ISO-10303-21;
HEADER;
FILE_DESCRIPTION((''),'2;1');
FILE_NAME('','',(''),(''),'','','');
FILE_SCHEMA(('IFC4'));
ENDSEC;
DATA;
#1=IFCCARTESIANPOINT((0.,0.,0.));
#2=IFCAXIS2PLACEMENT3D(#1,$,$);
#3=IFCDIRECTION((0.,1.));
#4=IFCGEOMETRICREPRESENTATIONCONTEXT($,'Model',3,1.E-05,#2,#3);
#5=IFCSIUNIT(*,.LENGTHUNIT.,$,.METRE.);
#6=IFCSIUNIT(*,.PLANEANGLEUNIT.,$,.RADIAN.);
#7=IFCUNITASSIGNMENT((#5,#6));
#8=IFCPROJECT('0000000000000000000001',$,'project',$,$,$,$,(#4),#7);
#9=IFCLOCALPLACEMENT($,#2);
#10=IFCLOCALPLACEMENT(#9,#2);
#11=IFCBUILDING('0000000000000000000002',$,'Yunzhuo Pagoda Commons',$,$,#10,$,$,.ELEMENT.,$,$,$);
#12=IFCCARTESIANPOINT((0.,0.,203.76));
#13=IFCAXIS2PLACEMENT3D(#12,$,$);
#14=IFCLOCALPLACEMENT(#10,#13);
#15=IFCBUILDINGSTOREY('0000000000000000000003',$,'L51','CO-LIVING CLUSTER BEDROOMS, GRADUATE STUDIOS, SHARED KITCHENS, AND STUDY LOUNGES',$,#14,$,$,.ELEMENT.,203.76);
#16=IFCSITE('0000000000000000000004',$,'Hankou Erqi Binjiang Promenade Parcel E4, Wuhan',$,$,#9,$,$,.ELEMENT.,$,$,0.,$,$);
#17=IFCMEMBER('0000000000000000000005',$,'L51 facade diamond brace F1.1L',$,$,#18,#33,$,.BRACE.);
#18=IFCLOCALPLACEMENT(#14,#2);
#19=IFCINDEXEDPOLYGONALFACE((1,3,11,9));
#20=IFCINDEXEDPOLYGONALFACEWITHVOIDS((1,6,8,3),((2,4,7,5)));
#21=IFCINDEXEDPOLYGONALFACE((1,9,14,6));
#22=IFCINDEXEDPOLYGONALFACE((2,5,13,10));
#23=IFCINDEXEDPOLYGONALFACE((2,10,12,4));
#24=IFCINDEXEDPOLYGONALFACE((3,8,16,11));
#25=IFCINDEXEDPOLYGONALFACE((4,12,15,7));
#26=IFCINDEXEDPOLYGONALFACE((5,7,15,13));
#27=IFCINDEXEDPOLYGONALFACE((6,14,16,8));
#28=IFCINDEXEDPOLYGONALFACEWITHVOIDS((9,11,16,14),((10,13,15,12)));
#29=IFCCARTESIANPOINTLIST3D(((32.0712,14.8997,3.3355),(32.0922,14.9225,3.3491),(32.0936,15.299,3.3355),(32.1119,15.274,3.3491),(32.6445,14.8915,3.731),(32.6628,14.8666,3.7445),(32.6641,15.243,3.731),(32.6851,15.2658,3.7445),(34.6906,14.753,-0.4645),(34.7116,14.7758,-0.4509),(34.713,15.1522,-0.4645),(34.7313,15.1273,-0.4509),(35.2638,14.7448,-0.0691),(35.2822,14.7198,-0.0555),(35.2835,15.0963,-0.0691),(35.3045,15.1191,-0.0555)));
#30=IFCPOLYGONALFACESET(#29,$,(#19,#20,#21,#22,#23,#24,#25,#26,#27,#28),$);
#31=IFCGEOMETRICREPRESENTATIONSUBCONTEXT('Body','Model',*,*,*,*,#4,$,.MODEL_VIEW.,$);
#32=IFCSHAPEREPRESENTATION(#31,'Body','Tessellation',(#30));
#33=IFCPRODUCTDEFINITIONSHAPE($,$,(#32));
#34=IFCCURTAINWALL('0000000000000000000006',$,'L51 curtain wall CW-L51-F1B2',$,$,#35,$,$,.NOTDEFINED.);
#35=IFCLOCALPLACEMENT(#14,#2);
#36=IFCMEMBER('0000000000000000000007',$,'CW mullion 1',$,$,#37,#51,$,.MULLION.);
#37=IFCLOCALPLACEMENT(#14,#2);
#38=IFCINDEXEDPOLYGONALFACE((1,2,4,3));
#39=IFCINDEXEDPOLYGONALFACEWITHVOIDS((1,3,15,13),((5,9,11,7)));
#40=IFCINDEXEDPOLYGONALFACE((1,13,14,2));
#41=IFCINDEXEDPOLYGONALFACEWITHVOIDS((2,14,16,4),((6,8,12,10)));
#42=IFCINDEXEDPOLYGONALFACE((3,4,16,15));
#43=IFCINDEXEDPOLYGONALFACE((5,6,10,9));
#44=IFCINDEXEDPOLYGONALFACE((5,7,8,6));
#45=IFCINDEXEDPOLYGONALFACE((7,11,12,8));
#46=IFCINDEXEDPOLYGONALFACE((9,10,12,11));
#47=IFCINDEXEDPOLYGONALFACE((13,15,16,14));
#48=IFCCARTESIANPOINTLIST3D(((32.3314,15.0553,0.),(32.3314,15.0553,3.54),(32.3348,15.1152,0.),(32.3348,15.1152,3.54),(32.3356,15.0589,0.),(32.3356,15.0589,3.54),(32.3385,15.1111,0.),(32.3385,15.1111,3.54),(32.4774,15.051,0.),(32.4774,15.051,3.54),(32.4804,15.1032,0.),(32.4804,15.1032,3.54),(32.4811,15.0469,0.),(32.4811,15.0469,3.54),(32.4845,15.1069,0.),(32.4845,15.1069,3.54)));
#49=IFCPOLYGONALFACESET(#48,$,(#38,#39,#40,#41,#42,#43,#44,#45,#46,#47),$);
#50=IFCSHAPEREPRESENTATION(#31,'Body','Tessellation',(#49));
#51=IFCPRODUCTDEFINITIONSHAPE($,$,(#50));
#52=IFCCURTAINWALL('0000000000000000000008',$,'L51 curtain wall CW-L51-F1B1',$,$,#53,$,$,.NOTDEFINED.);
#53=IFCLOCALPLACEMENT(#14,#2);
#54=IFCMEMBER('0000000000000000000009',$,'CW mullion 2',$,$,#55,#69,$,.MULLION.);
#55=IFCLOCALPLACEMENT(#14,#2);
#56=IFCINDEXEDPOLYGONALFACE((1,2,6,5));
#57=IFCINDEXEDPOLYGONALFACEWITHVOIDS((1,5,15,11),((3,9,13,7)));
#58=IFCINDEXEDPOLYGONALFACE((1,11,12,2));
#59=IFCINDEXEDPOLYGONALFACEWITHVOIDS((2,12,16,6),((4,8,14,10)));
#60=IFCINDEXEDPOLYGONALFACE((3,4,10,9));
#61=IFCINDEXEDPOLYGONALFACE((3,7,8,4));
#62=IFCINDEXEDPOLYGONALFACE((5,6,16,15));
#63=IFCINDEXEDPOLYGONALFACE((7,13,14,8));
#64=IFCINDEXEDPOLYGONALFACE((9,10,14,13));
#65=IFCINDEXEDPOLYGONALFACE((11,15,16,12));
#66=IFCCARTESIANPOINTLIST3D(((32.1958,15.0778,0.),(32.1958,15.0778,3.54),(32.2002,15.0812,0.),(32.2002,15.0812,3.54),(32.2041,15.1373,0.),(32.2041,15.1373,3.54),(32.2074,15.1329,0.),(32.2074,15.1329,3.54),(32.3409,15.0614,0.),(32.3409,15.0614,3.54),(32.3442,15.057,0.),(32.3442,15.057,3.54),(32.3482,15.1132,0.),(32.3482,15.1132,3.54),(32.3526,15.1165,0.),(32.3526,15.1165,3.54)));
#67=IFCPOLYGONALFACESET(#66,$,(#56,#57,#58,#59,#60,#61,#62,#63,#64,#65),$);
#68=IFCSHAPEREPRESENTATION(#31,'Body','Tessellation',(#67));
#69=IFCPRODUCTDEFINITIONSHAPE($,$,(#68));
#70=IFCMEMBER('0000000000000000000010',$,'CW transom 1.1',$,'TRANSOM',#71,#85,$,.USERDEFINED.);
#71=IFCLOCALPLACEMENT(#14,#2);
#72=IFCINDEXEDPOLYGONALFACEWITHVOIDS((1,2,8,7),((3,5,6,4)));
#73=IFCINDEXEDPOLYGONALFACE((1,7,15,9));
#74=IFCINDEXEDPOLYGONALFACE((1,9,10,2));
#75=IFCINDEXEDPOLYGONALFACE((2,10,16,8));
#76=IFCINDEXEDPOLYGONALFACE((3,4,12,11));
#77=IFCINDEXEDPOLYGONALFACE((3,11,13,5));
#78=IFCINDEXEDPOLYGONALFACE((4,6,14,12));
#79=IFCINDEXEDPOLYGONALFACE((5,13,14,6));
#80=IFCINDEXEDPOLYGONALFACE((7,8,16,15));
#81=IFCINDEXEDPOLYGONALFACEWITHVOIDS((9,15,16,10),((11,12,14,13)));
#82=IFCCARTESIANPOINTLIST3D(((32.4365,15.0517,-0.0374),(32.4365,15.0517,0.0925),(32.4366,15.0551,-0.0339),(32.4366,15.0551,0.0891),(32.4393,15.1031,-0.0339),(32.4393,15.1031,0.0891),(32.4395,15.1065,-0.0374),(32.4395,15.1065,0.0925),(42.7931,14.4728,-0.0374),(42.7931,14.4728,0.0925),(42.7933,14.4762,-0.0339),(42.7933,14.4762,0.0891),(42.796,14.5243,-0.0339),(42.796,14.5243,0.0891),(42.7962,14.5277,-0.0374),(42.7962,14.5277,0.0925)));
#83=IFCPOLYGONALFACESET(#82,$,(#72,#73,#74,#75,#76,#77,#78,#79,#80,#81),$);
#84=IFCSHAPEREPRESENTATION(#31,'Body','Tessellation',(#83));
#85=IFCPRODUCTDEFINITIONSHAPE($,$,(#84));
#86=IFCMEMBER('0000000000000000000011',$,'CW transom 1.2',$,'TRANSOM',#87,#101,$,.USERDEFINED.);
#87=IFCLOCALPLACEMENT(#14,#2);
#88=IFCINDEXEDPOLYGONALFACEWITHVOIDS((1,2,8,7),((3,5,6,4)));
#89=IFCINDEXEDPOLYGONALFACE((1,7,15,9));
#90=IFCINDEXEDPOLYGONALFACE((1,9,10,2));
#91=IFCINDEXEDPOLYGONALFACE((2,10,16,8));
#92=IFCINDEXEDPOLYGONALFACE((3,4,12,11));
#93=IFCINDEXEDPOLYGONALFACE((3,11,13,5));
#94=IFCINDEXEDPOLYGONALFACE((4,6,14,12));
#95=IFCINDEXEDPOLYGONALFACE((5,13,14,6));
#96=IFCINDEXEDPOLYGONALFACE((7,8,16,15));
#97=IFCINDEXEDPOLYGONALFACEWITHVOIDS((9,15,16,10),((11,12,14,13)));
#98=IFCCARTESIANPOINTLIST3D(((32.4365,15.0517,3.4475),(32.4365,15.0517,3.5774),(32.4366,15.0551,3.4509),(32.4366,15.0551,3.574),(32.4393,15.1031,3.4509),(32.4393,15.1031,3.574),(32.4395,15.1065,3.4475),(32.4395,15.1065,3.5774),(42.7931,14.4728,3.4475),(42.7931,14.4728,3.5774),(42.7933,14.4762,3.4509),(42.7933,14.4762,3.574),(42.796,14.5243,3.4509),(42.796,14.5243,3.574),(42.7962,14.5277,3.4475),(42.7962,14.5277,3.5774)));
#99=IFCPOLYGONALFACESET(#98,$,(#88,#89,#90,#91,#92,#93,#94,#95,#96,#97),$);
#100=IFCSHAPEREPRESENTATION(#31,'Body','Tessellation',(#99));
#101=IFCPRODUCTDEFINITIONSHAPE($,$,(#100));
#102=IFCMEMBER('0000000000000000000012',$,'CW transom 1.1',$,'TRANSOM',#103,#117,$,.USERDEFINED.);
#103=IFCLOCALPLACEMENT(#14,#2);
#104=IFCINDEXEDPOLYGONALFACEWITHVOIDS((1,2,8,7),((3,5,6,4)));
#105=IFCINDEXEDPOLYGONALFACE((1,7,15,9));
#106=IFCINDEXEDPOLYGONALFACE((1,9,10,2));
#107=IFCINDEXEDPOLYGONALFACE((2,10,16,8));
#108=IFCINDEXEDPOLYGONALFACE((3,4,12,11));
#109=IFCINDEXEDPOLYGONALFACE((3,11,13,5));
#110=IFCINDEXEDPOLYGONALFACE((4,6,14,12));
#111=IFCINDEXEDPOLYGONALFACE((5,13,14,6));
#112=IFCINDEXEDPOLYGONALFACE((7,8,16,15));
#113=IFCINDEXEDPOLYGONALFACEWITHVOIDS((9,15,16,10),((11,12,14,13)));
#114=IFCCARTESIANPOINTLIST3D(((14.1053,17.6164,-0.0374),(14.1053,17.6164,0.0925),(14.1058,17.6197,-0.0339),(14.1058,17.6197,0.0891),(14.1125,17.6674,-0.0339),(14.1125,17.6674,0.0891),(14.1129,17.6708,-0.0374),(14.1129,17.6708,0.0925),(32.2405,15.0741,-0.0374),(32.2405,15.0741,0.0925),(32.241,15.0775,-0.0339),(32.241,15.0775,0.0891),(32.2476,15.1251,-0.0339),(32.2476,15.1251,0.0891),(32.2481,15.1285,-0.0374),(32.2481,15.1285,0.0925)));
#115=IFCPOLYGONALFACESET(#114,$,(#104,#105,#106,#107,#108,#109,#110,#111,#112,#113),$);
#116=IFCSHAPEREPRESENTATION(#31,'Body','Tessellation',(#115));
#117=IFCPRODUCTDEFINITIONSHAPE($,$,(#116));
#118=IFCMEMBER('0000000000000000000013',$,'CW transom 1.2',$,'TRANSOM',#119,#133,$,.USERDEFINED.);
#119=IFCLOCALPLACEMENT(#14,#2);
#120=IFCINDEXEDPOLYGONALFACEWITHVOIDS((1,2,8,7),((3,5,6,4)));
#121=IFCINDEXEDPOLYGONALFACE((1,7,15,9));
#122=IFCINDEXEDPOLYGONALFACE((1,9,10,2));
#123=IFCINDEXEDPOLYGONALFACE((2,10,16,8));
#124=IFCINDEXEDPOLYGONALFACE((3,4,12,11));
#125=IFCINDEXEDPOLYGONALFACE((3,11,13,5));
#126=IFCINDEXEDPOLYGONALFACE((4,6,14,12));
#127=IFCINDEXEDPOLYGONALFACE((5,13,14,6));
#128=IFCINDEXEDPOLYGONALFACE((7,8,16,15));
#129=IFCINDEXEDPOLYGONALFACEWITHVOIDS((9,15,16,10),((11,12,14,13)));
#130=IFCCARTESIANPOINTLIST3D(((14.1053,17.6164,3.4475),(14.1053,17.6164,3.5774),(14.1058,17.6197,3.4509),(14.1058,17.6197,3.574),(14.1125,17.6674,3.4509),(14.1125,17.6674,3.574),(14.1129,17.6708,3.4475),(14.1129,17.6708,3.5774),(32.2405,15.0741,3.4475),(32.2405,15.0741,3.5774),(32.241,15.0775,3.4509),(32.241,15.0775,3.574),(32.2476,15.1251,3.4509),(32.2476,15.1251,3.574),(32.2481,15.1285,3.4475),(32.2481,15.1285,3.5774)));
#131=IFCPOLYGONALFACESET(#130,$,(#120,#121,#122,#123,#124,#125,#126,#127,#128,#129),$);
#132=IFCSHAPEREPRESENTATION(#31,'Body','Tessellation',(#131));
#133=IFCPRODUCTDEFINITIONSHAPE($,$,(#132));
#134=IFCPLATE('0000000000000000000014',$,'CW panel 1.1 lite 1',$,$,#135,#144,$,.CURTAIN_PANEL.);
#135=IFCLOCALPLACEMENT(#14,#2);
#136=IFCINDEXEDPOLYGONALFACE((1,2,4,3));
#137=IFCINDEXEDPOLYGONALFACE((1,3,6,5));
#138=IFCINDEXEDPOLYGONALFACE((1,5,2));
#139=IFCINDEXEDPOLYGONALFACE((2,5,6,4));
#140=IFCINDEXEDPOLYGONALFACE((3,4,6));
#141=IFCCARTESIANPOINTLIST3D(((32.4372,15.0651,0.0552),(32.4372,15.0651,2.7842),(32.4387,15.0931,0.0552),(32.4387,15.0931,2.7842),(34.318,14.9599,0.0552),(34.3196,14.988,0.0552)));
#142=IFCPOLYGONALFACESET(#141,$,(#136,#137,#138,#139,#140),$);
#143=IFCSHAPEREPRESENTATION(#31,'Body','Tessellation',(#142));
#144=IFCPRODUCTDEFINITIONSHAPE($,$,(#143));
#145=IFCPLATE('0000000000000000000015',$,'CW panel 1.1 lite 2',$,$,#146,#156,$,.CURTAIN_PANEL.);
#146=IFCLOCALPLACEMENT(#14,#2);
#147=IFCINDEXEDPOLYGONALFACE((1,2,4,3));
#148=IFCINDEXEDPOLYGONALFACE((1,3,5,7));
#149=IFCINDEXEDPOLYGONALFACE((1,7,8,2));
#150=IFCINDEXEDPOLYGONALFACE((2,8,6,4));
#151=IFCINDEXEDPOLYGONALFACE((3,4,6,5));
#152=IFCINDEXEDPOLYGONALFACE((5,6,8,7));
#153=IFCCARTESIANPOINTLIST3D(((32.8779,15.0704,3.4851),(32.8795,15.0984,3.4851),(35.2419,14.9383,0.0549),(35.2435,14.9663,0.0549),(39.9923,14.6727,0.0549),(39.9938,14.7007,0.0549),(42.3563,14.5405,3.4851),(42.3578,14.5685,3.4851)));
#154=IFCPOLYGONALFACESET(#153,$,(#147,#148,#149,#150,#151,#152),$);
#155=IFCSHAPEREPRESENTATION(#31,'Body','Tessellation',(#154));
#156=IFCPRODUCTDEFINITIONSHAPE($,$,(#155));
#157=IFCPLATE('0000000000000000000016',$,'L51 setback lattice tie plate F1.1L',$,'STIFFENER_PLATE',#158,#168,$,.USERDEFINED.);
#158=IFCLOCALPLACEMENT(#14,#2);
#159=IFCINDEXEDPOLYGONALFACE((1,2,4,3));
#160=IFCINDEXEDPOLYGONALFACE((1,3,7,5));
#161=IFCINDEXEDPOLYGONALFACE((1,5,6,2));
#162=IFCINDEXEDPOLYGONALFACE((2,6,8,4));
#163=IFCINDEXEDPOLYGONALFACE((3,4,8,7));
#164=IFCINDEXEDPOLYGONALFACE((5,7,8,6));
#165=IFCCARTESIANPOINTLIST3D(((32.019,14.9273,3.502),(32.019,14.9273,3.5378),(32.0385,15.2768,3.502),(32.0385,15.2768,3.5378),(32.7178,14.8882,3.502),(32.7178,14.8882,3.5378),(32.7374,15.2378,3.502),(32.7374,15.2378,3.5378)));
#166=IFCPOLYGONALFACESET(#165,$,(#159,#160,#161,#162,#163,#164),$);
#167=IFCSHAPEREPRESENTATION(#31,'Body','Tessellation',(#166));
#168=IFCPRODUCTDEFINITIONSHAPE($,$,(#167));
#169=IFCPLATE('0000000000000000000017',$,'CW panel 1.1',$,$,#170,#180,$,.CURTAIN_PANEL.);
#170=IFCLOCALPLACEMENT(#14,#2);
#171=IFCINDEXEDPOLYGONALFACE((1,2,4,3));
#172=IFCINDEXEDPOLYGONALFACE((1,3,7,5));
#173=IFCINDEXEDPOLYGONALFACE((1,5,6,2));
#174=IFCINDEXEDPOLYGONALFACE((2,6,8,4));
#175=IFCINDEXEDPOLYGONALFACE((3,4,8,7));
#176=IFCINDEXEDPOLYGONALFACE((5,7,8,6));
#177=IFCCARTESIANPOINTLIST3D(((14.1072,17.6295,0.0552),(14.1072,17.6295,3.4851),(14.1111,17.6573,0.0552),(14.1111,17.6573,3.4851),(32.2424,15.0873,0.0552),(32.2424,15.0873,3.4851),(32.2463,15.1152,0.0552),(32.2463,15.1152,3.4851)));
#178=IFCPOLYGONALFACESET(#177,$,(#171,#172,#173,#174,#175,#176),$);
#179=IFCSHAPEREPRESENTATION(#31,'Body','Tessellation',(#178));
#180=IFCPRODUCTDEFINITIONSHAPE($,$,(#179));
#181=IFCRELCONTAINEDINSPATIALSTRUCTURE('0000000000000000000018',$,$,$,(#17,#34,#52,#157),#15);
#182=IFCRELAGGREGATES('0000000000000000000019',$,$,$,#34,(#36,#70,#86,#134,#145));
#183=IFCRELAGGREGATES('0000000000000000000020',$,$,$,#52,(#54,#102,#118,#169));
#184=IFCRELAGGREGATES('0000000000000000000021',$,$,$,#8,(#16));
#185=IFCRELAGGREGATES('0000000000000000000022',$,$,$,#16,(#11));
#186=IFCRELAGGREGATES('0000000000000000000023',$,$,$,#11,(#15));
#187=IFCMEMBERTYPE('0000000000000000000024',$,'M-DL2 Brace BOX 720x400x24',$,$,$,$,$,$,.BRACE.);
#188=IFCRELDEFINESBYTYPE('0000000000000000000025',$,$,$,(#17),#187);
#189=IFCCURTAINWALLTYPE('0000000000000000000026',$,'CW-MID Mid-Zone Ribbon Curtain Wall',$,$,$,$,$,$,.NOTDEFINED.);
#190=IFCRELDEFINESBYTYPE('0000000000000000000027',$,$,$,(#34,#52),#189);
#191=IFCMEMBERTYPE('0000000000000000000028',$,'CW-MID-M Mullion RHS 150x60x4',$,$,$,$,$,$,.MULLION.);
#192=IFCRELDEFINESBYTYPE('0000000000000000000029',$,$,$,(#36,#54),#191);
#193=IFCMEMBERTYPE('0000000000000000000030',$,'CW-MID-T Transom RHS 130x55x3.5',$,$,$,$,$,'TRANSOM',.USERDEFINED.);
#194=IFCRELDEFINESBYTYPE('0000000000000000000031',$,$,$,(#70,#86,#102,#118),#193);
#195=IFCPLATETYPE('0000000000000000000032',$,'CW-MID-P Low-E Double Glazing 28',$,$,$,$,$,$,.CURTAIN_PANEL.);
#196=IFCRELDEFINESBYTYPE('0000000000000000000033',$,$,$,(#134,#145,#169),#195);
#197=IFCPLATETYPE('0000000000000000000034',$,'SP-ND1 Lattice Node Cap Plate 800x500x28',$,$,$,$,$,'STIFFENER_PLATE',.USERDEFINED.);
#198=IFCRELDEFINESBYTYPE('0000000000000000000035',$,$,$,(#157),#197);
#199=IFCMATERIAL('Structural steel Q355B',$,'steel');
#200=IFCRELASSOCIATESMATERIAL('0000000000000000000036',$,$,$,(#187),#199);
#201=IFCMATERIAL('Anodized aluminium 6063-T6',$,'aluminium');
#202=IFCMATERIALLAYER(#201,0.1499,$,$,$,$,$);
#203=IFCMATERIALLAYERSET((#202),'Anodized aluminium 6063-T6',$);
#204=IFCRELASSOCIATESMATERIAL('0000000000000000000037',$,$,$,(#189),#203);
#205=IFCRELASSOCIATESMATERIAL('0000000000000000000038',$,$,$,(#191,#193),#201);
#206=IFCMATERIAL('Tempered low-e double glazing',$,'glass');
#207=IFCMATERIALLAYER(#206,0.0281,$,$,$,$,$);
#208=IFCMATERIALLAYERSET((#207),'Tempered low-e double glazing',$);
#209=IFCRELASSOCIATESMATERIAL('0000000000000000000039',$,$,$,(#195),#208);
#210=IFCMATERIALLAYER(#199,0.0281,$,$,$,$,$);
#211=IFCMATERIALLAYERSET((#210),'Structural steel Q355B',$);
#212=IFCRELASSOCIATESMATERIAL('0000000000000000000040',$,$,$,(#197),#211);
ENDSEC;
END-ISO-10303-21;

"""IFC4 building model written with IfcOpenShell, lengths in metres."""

from ifc_helpers import new_model, si_unit, direction, frame, origin, origin_2d, place, context, subcontext, project, spatial, polyline, rectangle, hollow_rectangle, outline, extrude, source, transform, mapped, material, layer, layer_set, material_profile, profile_set, type_object, element, aggregate, save


model = new_model("IFC4")

# Units and contexts
model_context = context("Model", 3, precision=1e-05, world=origin(), true_north=direction((0.0, 1.0)))
body_context = subcontext(model_context, "Body", "Model", "MODEL_VIEW")
ifc_project = project(units=[si_unit("LENGTHUNIT", "METRE"), si_unit("PLANEANGLEUNIT", "RADIAN")], contexts=[model_context])

# Site, building, storey
site_placement = place(None, origin())
site = spatial("IfcSite", under=ifc_project, at=site_placement, Name="Hankou Erqi Binjiang Promenade Parcel E4, Wuhan", CompositionType="ELEMENT", RefElevation=0.0)
building_placement = place(site_placement, origin())
building = spatial("IfcBuilding", under=site, at=building_placement, Name="Yunzhuo Pagoda Commons", CompositionType="ELEMENT")
storey_placement = place(building_placement, frame((0.0, 0.0, 203.76)))
storey = spatial("IfcBuildingStorey", under=building, at=storey_placement, Name="L51", Description="CO-LIVING CLUSTER BEDROOMS, GRADUATE STUDIOS, SHARED KITCHENS, AND STUDY LOUNGES", CompositionType="ELEMENT", Elevation=203.76)

# Shared definitions
ifc_material_1 = material(Name="Structural steel Q355B", Category="steel")

# Member
ifc_material_profile_1 = material_profile(ifc_material_1, hollow_rectangle(XDim=0.3999, YDim=0.72, WallThickness=0.0239, at=origin_2d()), Name="Structural steel Q355B")
ifc_profile_set_1 = profile_set([ifc_material_profile_1], Name="Structural steel Q355B")
member_type_1 = type_object("IfcMemberType", Name="M-DL2 Brace BOX 720x400x24", PredefinedType="BRACE", material=ifc_profile_set_1)
shared_shape_1 = source(origin(), body_context, "Body", "SweptSolid", [
    extrude(hollow_rectangle(XDim=0.3999, YDim=0.72, WallThickness=0.0239, at=origin_2d()), origin(), (0.0, 0.0, 1.0), 4.6177),
])
member_1_placement = place(storey_placement, frame((34.9976, 14.936, -0.26), z_axis=(-0.56725, 0.031775, 0.822933), x_axis=(-0.055929, -0.998435, 0.0)))
element("IfcMember", 1, at=member_1_placement, inside=storey, type_object=member_type_1, Name="L51 facade diamond brace F1.1L", PredefinedType="BRACE", context=body_context, shape_type="MappedRepresentation", body=[
    mapped(shared_shape_1, transform((0.0, 0.0, 0.0), scale=1.0)),
])

# Curtain walls, members
ifc_material_2 = material(Name="Anodized aluminium 6063-T6", Category="aluminium")
ifc_layer_1 = layer(ifc_material_2, 0.1499)
ifc_layer_set_1 = layer_set([ifc_layer_1], Name="Anodized aluminium 6063-T6")
curtain_wall_type = type_object("IfcCurtainWallType", Name="CW-MID Mid-Zone Ribbon Curtain Wall", PredefinedType="NOTDEFINED", material=ifc_layer_set_1)
curtain_wall_1_placement = place(storey_placement, origin())
curtain_wall_1 = element("IfcCurtainWall", 2, at=curtain_wall_1_placement, inside=storey, type_object=curtain_wall_type, Name="L51 curtain wall CW-L51-F1B2", PredefinedType="NOTDEFINED")
ifc_material_profile_2 = material_profile(ifc_material_2, hollow_rectangle(XDim=0.0601, YDim=0.1499, WallThickness=0.0039, at=origin_2d()), Name="Anodized aluminium 6063-T6")
ifc_profile_set_2 = profile_set([ifc_material_profile_2], Name="Anodized aluminium 6063-T6")
member_type_2 = type_object("IfcMemberType", Name="CW-MID-M Mullion RHS 150x60x4", PredefinedType="MULLION", material=ifc_profile_set_2)
shared_shape_2 = source(origin(), body_context, "Body", "SweptSolid", [
    extrude(hollow_rectangle(XDim=0.0601, YDim=0.1499, WallThickness=0.0039, at=origin_2d()), origin(), (0.0, 0.0, 1.0), 3.54),
])
member_2_placement = place(storey_placement, frame((32.408, 15.0811, 0.0), z_axis=(0.0, 0.0, 1.0), x_axis=(0.055819, 0.998441, 0.0)))
member_2 = element("IfcMember", 3, at=member_2_placement, type_object=member_type_2, Name="CW mullion 1", PredefinedType="MULLION", context=body_context, shape_type="MappedRepresentation", body=[
    mapped(shared_shape_2, transform((0.0, 0.0, 0.0), scale=1.0)),
])
curtain_wall_2_placement = place(storey_placement, origin())
curtain_wall_2 = element("IfcCurtainWall", 4, at=curtain_wall_2_placement, inside=storey, type_object=curtain_wall_type, Name="L51 curtain wall CW-L51-F1B1", PredefinedType="NOTDEFINED")
member_3_placement = place(storey_placement, frame((32.2742, 15.0972, 0.0), z_axis=(0.0, 0.0, 1.0), x_axis=(0.138819, 0.990318, 0.0)))
member_3 = element("IfcMember", 5, at=member_3_placement, type_object=member_type_2, Name="CW mullion 2", PredefinedType="MULLION", context=body_context, shape_type="MappedRepresentation", body=[
    mapped(shared_shape_2, transform((0.0, 0.0, 0.0), scale=1.0)),
])

# Members
ifc_material_profile_3 = material_profile(ifc_material_2, hollow_rectangle(XDim=0.0549, YDim=0.1299, WallThickness=0.0034, at=origin_2d()), Name="Anodized aluminium 6063-T6")
ifc_profile_set_3 = profile_set([ifc_material_profile_3], Name="Anodized aluminium 6063-T6")
member_type_3 = type_object("IfcMemberType", Name="CW-MID-T Transom RHS 130x55x3.5", ElementType="TRANSOM", PredefinedType="USERDEFINED", material=ifc_profile_set_3)
shared_shape_3 = source(origin(), body_context, "Body", "SweptSolid", [
    extrude(hollow_rectangle(XDim=0.0549, YDim=0.1299, WallThickness=0.0034, at=origin_2d()), origin(), (0.0, 0.0, 1.0), 10.3728),
])
member_4_placement = place(storey_placement, frame((32.438, 15.0791, 0.0276), z_axis=(0.998442, -0.055805, 0.0), x_axis=(0.055805, 0.998442, 0.0)))
member_4 = element("IfcMember", 6, at=member_4_placement, type_object=member_type_3, Name="CW transom 1.1", ObjectType="TRANSOM", PredefinedType="USERDEFINED", context=body_context, shape_type="MappedRepresentation", body=[
    mapped(shared_shape_3, transform((0.0, 0.0, 0.0), scale=1.0)),
])
member_5_placement = place(storey_placement, frame((32.438, 15.0791, 3.5125), z_axis=(0.998442, -0.055805, 0.0), x_axis=(0.055805, 0.998442, 0.0)))
member_5 = element("IfcMember", 7, at=member_5_placement, type_object=member_type_3, Name="CW transom 1.2", ObjectType="TRANSOM", PredefinedType="USERDEFINED", context=body_context, shape_type="MappedRepresentation", body=[
    mapped(shared_shape_3, transform((0.0, 0.0, 0.0), scale=1.0)),
])
shared_shape_4 = source(origin(), body_context, "Body", "SweptSolid", [
    extrude(hollow_rectangle(XDim=0.0549, YDim=0.1299, WallThickness=0.0034, at=origin_2d()), origin(), (0.0, 0.0, 1.0), 18.3125),
])
member_6_placement = place(storey_placement, frame((14.1091, 17.6436, 0.0276), z_axis=(0.990317, -0.138825, 0.0), x_axis=(0.138825, 0.990317, 0.0)))
member_6 = element("IfcMember", 8, at=member_6_placement, type_object=member_type_3, Name="CW transom 1.1", ObjectType="TRANSOM", PredefinedType="USERDEFINED", context=body_context, shape_type="MappedRepresentation", body=[
    mapped(shared_shape_4, transform((0.0, 0.0, 0.0), scale=1.0)),
])
member_7_placement = place(storey_placement, frame((14.1091, 17.6436, 3.5125), z_axis=(0.990317, -0.138825, 0.0), x_axis=(0.138825, 0.990317, 0.0)))
member_7 = element("IfcMember", 9, at=member_7_placement, type_object=member_type_3, Name="CW transom 1.2", ObjectType="TRANSOM", PredefinedType="USERDEFINED", context=body_context, shape_type="MappedRepresentation", body=[
    mapped(shared_shape_4, transform((0.0, 0.0, 0.0), scale=1.0)),
])

# Plates
ifc_material_3 = material(Name="Tempered low-e double glazing", Category="glass")
ifc_layer_2 = layer(ifc_material_3, 0.0281)
ifc_layer_set_2 = layer_set([ifc_layer_2], Name="Tempered low-e double glazing")
plate_type_1 = type_object("IfcPlateType", Name="CW-MID-P Low-E Double Glazing 28", PredefinedType="CURTAIN_PANEL", material=ifc_layer_set_2)
plate_1_placement = place(storey_placement, frame((33.3792, 15.0405, 1.4197), z_axis=(-0.055819, -0.998441, 0.0), x_axis=(0.998441, -0.055819, 0.0)))
plate_1 = element("IfcPlate", 10, at=plate_1_placement, type_object=plate_type_1, Name="CW panel 1.1 lite 1", PredefinedType="CURTAIN_PANEL", context=body_context, shape_type="SweptSolid", body=[
    extrude(outline(polyline([(-0.9419, -1.3645), (0.9419, -1.3645), (-0.9419, 1.3645), (-0.9419, -1.3645)])), origin(), (0.0, 0.0, 1.0), 0.0281),
])
plate_2_placement = place(storey_placement, frame((37.6187, 14.8335, 1.77), z_axis=(-0.055819, -0.998441, 0.0), x_axis=(0.998441, -0.055819, 0.0)))
plate_2 = element("IfcPlate", 11, at=plate_2_placement, type_object=plate_type_1, Name="CW panel 1.1 lite 2", PredefinedType="CURTAIN_PANEL", context=body_context, shape_type="SweptSolid", body=[
    extrude(outline(polyline([(-4.7466, 1.7151), (-2.3789, -1.7151), (2.3789, -1.7151), (4.7466, 1.7151), (-4.7466, 1.7151)])), origin(), (0.0, 0.0, 1.0), 0.0281),
])
aggregate(curtain_wall_1, [member_2, member_4, member_5, plate_1, plate_2])
ifc_layer_3 = layer(ifc_material_1, 0.0281)
ifc_layer_set_3 = layer_set([ifc_layer_3], Name="Structural steel Q355B")
plate_type_2 = type_object("IfcPlateType", Name="SP-ND1 Lattice Node Cap Plate 800x500x28", ElementType="STIFFENER_PLATE", PredefinedType="USERDEFINED", material=ifc_layer_set_3)
shared_shape_5 = source(origin(), body_context, "Body", "SweptSolid", [
    extrude(rectangle(XDim=0.7, YDim=0.3501, at=origin_2d()), origin(), (0.0, 0.0, 1.0), 0.0359),
])
plate_3_placement = place(storey_placement, frame((32.3782, 15.0825, 3.502), z_axis=(0.0, 0.0, 1.0), x_axis=(0.998441, -0.055822, 0.0)))
element("IfcPlate", 12, at=plate_3_placement, inside=storey, type_object=plate_type_2, Name="L51 setback lattice tie plate F1.1L", ObjectType="STIFFENER_PLATE", PredefinedType="USERDEFINED", context=body_context, shape_type="MappedRepresentation", body=[
    mapped(shared_shape_5, transform((0.0, 0.0, 0.0), scale=1.0)),
])
shared_shape_6 = source(origin(), body_context, "Body", "SweptSolid", [
    extrude(rectangle(XDim=18.3125, YDim=0.0281, at=origin_2d()), origin(), (0.0, 0.0, 1.0), 3.4299),
])
plate_4_placement = place(storey_placement, frame((23.1768, 16.3723, 0.0552), z_axis=(0.0, 0.0, 1.0), x_axis=(0.990318, -0.138819, 0.0)))
plate_4 = element("IfcPlate", 13, at=plate_4_placement, type_object=plate_type_1, Name="CW panel 1.1", PredefinedType="CURTAIN_PANEL", context=body_context, shape_type="MappedRepresentation", body=[
    mapped(shared_shape_6, transform((0.0, 0.0, 0.0), scale=1.0)),
])
aggregate(curtain_wall_2, [member_3, member_6, member_7, plate_4])

save(model, "model.ifc")
